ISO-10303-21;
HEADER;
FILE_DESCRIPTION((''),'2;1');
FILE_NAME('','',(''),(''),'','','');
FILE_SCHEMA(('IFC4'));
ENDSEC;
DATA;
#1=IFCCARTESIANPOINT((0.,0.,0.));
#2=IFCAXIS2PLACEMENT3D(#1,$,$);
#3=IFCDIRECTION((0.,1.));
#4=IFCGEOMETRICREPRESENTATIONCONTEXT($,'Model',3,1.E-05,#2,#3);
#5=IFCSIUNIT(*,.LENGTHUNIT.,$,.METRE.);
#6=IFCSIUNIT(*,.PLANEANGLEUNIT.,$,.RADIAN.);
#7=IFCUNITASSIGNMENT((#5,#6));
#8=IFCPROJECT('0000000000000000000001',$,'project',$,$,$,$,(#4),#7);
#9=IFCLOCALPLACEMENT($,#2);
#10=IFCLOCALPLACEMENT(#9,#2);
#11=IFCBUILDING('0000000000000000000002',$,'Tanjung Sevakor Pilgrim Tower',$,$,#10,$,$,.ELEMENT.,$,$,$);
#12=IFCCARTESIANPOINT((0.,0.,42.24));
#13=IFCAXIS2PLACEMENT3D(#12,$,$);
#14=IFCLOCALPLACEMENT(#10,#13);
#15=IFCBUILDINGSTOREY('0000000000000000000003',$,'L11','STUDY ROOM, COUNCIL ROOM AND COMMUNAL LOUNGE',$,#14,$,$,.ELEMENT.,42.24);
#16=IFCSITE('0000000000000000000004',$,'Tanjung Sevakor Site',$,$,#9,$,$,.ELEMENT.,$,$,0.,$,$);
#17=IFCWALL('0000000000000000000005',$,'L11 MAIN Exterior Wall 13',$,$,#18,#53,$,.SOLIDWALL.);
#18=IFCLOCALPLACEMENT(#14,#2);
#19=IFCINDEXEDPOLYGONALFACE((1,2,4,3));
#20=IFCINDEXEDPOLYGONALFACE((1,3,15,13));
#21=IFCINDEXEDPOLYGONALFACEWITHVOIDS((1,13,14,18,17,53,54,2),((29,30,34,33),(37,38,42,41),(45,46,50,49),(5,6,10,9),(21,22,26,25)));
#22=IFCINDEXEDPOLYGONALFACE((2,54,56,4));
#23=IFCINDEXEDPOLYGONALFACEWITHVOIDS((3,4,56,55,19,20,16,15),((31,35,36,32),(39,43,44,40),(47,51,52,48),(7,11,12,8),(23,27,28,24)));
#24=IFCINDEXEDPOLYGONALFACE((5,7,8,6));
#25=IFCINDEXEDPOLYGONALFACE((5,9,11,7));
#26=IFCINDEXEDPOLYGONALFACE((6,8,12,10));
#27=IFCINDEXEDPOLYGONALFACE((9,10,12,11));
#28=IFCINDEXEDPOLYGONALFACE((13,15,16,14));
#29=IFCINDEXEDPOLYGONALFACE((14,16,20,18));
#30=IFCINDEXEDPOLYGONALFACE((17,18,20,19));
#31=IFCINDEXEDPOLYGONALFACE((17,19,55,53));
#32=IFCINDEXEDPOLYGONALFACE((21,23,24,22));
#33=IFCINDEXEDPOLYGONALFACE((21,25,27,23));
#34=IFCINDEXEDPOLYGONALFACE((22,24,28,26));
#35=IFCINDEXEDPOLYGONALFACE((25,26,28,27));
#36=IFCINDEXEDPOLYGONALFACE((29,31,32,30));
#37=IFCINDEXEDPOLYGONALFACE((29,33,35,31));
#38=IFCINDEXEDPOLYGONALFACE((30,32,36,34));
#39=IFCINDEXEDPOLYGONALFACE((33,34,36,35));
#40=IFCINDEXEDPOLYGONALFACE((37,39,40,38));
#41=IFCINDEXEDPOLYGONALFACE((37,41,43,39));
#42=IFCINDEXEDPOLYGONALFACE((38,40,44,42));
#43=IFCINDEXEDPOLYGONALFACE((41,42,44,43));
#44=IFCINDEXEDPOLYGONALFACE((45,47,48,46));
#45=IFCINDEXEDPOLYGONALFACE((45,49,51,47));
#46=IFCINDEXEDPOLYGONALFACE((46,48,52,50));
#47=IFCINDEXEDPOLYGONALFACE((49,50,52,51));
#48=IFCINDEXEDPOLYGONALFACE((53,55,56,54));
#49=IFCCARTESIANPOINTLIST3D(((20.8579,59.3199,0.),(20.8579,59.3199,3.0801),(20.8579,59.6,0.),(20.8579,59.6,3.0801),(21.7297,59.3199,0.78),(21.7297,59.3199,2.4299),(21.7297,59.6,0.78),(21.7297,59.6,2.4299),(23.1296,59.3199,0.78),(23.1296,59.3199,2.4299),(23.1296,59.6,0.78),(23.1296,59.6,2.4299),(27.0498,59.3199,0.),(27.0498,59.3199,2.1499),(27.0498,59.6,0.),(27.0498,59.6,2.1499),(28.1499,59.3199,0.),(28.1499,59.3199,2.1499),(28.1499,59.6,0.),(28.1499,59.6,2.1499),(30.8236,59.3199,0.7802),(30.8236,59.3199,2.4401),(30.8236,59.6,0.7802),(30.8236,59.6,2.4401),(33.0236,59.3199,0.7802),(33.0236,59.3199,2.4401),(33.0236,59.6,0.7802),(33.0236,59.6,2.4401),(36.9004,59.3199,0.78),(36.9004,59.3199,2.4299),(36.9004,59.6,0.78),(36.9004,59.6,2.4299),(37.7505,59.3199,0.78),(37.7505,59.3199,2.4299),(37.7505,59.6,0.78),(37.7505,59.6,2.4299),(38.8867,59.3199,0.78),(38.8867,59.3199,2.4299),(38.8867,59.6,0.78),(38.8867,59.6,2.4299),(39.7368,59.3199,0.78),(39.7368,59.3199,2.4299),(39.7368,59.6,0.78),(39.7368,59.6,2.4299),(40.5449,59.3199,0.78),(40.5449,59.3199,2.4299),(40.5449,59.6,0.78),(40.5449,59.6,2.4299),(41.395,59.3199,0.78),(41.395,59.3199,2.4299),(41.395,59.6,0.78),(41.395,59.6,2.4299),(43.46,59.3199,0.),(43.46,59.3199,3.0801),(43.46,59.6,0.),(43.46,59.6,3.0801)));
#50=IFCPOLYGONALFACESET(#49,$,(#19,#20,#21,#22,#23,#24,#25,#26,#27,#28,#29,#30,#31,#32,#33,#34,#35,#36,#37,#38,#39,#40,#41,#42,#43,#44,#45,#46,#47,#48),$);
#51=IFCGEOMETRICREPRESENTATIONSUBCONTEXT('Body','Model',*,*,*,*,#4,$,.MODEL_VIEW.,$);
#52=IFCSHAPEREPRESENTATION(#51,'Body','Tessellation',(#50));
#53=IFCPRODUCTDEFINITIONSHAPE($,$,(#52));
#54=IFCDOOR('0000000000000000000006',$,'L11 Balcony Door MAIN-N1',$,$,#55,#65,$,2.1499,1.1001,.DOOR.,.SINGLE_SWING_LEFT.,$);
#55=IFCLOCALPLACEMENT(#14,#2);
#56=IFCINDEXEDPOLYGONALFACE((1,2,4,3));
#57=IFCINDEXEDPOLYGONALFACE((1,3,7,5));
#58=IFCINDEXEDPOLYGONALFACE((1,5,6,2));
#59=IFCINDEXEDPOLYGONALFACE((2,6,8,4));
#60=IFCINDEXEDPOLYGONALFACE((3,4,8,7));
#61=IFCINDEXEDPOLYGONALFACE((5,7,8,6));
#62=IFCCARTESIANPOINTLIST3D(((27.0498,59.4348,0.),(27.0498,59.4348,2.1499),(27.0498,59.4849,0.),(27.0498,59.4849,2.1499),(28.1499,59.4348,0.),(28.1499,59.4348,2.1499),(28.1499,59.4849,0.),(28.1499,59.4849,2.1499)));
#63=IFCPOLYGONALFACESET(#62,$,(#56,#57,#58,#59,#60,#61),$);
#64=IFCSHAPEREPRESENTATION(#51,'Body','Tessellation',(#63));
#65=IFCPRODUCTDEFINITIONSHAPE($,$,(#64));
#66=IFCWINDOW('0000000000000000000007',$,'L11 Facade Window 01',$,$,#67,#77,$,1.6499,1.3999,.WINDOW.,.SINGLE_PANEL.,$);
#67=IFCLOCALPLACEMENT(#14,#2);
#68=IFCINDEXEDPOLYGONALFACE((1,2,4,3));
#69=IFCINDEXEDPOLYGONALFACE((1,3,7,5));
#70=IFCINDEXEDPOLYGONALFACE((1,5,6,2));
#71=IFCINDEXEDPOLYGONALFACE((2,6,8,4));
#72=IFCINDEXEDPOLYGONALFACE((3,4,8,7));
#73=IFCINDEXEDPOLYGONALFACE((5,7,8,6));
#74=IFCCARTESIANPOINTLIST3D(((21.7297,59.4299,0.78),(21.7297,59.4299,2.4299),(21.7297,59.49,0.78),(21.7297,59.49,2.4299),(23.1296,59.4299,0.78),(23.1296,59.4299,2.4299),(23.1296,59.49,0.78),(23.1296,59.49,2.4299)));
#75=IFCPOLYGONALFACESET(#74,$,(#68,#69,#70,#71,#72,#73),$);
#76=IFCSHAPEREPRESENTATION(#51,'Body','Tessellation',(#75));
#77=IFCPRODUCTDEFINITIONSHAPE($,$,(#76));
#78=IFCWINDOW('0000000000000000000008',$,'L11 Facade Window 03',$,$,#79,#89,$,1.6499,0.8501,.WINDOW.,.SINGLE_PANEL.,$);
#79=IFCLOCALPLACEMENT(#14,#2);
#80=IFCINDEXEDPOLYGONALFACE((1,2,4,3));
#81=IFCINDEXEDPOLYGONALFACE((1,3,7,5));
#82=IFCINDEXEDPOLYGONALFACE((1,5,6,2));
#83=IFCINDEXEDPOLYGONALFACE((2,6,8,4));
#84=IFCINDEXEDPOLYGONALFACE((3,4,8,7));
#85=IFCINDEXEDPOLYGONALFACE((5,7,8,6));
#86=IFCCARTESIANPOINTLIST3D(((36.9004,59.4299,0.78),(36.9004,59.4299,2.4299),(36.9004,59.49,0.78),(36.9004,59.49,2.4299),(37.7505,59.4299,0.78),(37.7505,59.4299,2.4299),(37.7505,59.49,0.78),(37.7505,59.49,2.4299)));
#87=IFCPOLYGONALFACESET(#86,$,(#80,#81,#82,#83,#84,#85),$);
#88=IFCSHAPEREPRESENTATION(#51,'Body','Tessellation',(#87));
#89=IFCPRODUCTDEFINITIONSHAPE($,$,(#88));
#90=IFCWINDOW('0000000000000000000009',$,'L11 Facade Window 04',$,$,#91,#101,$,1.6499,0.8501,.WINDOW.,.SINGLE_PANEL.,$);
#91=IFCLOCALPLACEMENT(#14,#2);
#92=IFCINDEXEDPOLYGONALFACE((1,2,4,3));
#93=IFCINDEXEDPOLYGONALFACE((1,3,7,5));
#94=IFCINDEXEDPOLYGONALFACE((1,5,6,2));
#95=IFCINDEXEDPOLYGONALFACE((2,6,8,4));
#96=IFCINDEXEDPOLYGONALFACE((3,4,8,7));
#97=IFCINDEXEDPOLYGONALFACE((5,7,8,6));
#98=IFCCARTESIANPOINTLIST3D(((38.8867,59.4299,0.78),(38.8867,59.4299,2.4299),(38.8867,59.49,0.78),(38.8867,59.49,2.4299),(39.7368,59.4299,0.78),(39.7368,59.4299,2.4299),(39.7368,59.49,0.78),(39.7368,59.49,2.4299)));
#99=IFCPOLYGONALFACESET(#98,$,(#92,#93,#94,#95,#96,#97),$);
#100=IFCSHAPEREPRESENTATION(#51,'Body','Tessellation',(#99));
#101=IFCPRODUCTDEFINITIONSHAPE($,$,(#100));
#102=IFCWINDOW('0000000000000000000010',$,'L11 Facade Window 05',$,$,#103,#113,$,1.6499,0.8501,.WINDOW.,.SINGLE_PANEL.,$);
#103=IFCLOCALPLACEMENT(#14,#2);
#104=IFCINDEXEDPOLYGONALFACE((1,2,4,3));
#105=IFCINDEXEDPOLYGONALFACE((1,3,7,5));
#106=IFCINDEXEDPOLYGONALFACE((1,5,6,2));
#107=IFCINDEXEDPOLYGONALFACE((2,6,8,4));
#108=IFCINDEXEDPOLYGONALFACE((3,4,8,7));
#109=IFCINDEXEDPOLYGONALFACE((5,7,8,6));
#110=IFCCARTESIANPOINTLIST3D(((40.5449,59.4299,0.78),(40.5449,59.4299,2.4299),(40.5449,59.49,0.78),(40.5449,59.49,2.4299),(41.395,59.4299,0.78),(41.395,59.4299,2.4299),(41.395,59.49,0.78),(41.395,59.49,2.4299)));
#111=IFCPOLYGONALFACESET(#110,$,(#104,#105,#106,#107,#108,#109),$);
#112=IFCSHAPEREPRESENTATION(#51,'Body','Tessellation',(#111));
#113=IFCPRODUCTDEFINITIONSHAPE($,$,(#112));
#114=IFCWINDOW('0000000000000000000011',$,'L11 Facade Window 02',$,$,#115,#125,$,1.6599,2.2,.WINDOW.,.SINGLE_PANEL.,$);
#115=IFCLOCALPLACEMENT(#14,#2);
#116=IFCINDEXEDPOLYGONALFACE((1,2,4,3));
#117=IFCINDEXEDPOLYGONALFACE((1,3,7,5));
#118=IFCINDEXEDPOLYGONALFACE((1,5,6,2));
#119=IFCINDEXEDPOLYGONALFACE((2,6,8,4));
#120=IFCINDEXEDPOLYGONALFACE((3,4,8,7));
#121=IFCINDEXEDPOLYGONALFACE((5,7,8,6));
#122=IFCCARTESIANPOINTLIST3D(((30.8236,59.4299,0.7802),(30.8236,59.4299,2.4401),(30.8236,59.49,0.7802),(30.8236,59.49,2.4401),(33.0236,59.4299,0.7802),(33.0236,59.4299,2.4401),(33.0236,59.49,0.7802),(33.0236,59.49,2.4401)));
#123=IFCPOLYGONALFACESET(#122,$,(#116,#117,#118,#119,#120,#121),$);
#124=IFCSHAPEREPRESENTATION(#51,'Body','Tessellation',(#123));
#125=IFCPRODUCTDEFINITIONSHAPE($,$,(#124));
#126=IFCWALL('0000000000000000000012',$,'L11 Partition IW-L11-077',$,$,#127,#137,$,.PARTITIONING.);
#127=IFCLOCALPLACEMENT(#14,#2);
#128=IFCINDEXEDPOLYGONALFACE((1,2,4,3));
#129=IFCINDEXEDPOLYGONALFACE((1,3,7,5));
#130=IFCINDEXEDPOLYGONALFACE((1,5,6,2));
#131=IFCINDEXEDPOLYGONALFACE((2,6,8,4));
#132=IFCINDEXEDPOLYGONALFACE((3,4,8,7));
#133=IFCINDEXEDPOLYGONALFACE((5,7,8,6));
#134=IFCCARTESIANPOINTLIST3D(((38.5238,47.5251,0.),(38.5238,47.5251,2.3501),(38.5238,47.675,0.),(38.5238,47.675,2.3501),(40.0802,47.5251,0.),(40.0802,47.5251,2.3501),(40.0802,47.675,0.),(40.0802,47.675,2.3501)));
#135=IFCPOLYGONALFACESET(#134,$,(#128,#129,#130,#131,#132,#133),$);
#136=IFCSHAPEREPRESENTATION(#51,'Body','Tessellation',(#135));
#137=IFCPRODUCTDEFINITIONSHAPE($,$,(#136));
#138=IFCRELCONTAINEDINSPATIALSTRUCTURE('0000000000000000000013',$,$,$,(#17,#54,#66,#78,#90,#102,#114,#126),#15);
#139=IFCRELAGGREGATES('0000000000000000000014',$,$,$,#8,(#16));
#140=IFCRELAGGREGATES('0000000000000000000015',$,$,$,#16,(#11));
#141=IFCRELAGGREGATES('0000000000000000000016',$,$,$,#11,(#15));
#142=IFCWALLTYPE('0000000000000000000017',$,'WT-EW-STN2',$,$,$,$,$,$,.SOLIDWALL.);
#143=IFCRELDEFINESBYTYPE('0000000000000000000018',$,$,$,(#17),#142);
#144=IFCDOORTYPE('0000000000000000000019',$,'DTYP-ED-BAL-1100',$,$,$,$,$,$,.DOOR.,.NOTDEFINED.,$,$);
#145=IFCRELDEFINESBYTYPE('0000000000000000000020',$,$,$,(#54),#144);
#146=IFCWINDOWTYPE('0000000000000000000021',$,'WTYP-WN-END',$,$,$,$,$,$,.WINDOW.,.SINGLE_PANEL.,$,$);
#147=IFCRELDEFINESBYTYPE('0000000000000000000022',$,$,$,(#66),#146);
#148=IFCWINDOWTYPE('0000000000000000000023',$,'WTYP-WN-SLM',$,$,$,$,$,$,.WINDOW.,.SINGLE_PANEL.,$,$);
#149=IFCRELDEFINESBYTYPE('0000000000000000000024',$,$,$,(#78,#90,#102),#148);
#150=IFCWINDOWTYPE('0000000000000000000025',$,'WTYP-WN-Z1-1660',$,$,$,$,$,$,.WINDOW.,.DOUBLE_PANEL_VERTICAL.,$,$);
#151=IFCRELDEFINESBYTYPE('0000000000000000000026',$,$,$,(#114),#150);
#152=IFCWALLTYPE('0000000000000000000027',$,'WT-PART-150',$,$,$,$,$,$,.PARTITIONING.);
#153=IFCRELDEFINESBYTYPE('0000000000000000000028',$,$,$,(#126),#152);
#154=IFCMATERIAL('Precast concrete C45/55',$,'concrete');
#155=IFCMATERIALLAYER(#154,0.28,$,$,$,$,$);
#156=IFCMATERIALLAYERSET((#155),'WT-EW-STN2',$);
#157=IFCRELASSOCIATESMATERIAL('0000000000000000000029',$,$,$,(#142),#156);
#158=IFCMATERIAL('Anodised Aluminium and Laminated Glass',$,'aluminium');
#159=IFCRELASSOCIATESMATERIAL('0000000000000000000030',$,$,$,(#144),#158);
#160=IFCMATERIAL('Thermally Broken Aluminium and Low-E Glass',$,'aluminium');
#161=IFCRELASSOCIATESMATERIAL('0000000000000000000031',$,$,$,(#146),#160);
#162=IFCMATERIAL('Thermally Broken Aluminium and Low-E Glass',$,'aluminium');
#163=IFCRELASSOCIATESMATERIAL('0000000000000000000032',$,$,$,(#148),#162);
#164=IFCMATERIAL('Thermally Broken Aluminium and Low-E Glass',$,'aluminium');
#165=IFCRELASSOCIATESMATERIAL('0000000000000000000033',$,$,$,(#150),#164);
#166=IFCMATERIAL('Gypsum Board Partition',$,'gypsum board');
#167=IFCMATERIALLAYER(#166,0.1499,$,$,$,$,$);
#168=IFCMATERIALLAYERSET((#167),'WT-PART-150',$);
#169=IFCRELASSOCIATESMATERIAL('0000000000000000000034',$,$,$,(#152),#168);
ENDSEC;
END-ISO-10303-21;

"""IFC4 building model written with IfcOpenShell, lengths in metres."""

from ifc_helpers import new_model, si_unit, direction, frame, frame_2d, origin, place, context, subcontext, project, spatial, rectangle, extrude, material, layer, layer_set, type_object, element, fill, save


model = new_model("IFC4")

# Units and contexts
model_context = context("Model", 3, precision=1e-05, world=origin(), true_north=direction((0.0, 1.0)))
body_context = subcontext(model_context, "Body", "Model", "MODEL_VIEW")
ifc_project = project(units=[si_unit("LENGTHUNIT", "METRE"), si_unit("PLANEANGLEUNIT", "RADIAN")], contexts=[model_context])

# Site, building, storey
site_placement = place(None, origin())
site = spatial("IfcSite", under=ifc_project, at=site_placement, Name="Tanjung Sevakor Site", CompositionType="ELEMENT", RefElevation=0.0)
building_placement = place(site_placement, origin())
building = spatial("IfcBuilding", under=site, at=building_placement, Name="Tanjung Sevakor Pilgrim Tower", CompositionType="ELEMENT")
storey_placement = place(building_placement, frame((0.0, 0.0, 42.24)))
storey = spatial("IfcBuildingStorey", under=building, at=storey_placement, Name="L11", Description="STUDY ROOM, COUNCIL ROOM AND COMMUNAL LOUNGE", CompositionType="ELEMENT", Elevation=42.24)

# Shared definitions
ifc_material_1 = material(Name="Precast concrete C45/55", Category="concrete")
ifc_layer_1 = layer(ifc_material_1, 0.28)
ifc_layer_set_1 = layer_set([ifc_layer_1], Name="WT-EW-STN2")
wall_type_1 = type_object("IfcWallType", Name="WT-EW-STN2", PredefinedType="SOLIDWALL", material=ifc_layer_set_1)

# Wall, openings, door, windows
wall_1_placement = place(storey_placement, frame((43.46, 59.46, 0.0), z_axis=(0.0, 0.0, 1.0), x_axis=(-1.0, 0.0, 0.0)))
wall_1 = element("IfcWall", 1, at=wall_1_placement, inside=storey, type_object=wall_type_1, Name="L11 MAIN Exterior Wall 13", PredefinedType="SOLIDWALL", context=body_context, shape_type="SweptSolid", body=[
    extrude(rectangle(XDim=22.6021, YDim=0.28, at=frame_2d((11.301, 0.0))), origin(), (0.0, 0.0, 1.0), 3.0801),
])
opening_1_placement = place(wall_1_placement, frame((15.3101, 0.0, 0.0)))
opening_1 = element("IfcOpeningElement", 2, at=opening_1_placement, cuts=wall_1, PredefinedType="OPENING", context=body_context, shape_type="SweptSolid", body=[
    extrude(rectangle(XDim=1.1001, YDim=2.1499, at=frame_2d((0.55, 1.075))), frame((0.0, 0.1499, 0.0), z_axis=(0.0, -1.0, 0.0), x_axis=(1.0, 0.0, 0.0)), (0.0, 0.0, 1.0), 0.3),
])
opening_2_placement = place(wall_1_placement, frame((20.3303, 0.0, 0.78)))
opening_2 = element("IfcOpeningElement", 3, at=opening_2_placement, cuts=wall_1, PredefinedType="OPENING", context=body_context, shape_type="SweptSolid", body=[
    extrude(rectangle(XDim=1.3999, YDim=1.6499, at=frame_2d((0.7, 0.825))), frame((0.0, 0.1499, 0.0), z_axis=(0.0, -1.0, 0.0), x_axis=(1.0, 0.0, 0.0)), (0.0, 0.0, 1.0), 0.3),
])
opening_3_placement = place(wall_1_placement, frame((10.4363, 0.0, 0.78)))
opening_3 = element("IfcOpeningElement", 4, at=opening_3_placement, cuts=wall_1, PredefinedType="OPENING", context=body_context, shape_type="SweptSolid", body=[
    extrude(rectangle(XDim=2.2, YDim=1.6599, at=frame_2d((1.1001, 0.8301))), frame((0.0, 0.1499, 0.0), z_axis=(0.0, -1.0, 0.0), x_axis=(1.0, 0.0, 0.0)), (0.0, 0.0, 1.0), 0.3),
])
opening_4_placement = place(wall_1_placement, frame((5.7095, 0.0, 0.78)))
opening_4 = element("IfcOpeningElement", 5, at=opening_4_placement, cuts=wall_1, PredefinedType="OPENING", context=body_context, shape_type="SweptSolid", body=[
    extrude(rectangle(XDim=0.8501, YDim=1.6499, at=frame_2d((0.425, 0.825))), frame((0.0, 0.1499, 0.0), z_axis=(0.0, -1.0, 0.0), x_axis=(1.0, 0.0, 0.0)), (0.0, 0.0, 1.0), 0.3),
])
opening_5_placement = place(wall_1_placement, frame((3.7231, 0.0, 0.78)))
opening_5 = element("IfcOpeningElement", 6, at=opening_5_placement, cuts=wall_1, PredefinedType="OPENING", context=body_context, shape_type="SweptSolid", body=[
    extrude(rectangle(XDim=0.8501, YDim=1.6499, at=frame_2d((0.425, 0.825))), frame((0.0, 0.1499, 0.0), z_axis=(0.0, -1.0, 0.0), x_axis=(1.0, 0.0, 0.0)), (0.0, 0.0, 1.0), 0.3),
])
opening_6_placement = place(wall_1_placement, frame((2.0649, 0.0, 0.78)))
opening_6 = element("IfcOpeningElement", 7, at=opening_6_placement, cuts=wall_1, PredefinedType="OPENING", context=body_context, shape_type="SweptSolid", body=[
    extrude(rectangle(XDim=0.8501, YDim=1.6499, at=frame_2d((0.425, 0.825))), frame((0.0, 0.1499, 0.0), z_axis=(0.0, -1.0, 0.0), x_axis=(1.0, 0.0, 0.0)), (0.0, 0.0, 1.0), 0.3),
])
ifc_material_2 = material(Name="Anodised Aluminium and Laminated Glass", Category="aluminium")
door_type_1 = type_object("IfcDoorType", Name="DTYP-ED-BAL-1100", OperationType="NOTDEFINED", PredefinedType="DOOR", material=ifc_material_2)
door_1_placement = place(opening_1_placement, frame((1.1001, 0.0, 0.0), z_axis=(0.0, 0.0, 1.0), x_axis=(-1.0, 0.0, 0.0)))
door_1 = element("IfcDoor", 8, at=door_1_placement, inside=storey, type_object=door_type_1, Name="L11 Balcony Door MAIN-N1", OperationType="SINGLE_SWING_LEFT", OverallHeight=2.1499, OverallWidth=1.1001, PredefinedType="DOOR", context=body_context, shape_type="SweptSolid", body=[
    extrude(rectangle(XDim=1.1001, YDim=2.1499, at=frame_2d((0.55, 1.075))), frame((0.0, 0.0249, 0.0), z_axis=(0.0, -1.0, 0.0), x_axis=(1.0, 0.0, 0.0)), (0.0, 0.0, 1.0), 0.05),
])
fill(opening_1, door_1)
ifc_material_3 = material(Name="Thermally Broken Aluminium and Low-E Glass", Category="aluminium")
window_type_1 = type_object("IfcWindowType", Name="WTYP-WN-END", PartitioningType="SINGLE_PANEL", PredefinedType="WINDOW", material=ifc_material_3)
window_1_placement = place(opening_2_placement, origin())
window_1 = element("IfcWindow", 9, at=window_1_placement, inside=storey, type_object=window_type_1, Name="L11 Facade Window 01", OverallHeight=1.6499, OverallWidth=1.3999, PartitioningType="SINGLE_PANEL", PredefinedType="WINDOW", context=body_context, shape_type="SweptSolid", body=[
    extrude(rectangle(XDim=1.3999, YDim=1.6499, at=frame_2d((0.7, 0.825))), frame((0.0, 0.03, 0.0), z_axis=(0.0, -1.0, 0.0), x_axis=(1.0, 0.0, 0.0)), (0.0, 0.0, 1.0), 0.0601),
])
fill(opening_2, window_1)
ifc_material_4 = material(Name="Thermally Broken Aluminium and Low-E Glass", Category="aluminium")
window_type_2 = type_object("IfcWindowType", Name="WTYP-WN-SLM", PartitioningType="SINGLE_PANEL", PredefinedType="WINDOW", material=ifc_material_4)
window_2_placement = place(opening_4_placement, origin())
window_2 = element("IfcWindow", 10, at=window_2_placement, inside=storey, type_object=window_type_2, Name="L11 Facade Window 03", OverallHeight=1.6499, OverallWidth=0.8501, PartitioningType="SINGLE_PANEL", PredefinedType="WINDOW", context=body_context, shape_type="SweptSolid", body=[
    extrude(rectangle(XDim=0.8501, YDim=1.6499, at=frame_2d((0.425, 0.825))), frame((0.0, 0.03, 0.0), z_axis=(0.0, -1.0, 0.0), x_axis=(1.0, 0.0, 0.0)), (0.0, 0.0, 1.0), 0.0601),
])
fill(opening_4, window_2)
window_3_placement = place(opening_5_placement, origin())
window_3 = element("IfcWindow", 11, at=window_3_placement, inside=storey, type_object=window_type_2, Name="L11 Facade Window 04", OverallHeight=1.6499, OverallWidth=0.8501, PartitioningType="SINGLE_PANEL", PredefinedType="WINDOW", context=body_context, shape_type="SweptSolid", body=[
    extrude(rectangle(XDim=0.8501, YDim=1.6499, at=frame_2d((0.425, 0.825))), frame((0.0, 0.03, 0.0), z_axis=(0.0, -1.0, 0.0), x_axis=(1.0, 0.0, 0.0)), (0.0, 0.0, 1.0), 0.0601),
])
fill(opening_5, window_3)
window_4_placement = place(opening_6_placement, origin())
window_4 = element("IfcWindow", 12, at=window_4_placement, inside=storey, type_object=window_type_2, Name="L11 Facade Window 05", OverallHeight=1.6499, OverallWidth=0.8501, PartitioningType="SINGLE_PANEL", PredefinedType="WINDOW", context=body_context, shape_type="SweptSolid", body=[
    extrude(rectangle(XDim=0.8501, YDim=1.6499, at=frame_2d((0.425, 0.825))), frame((0.0, 0.03, 0.0), z_axis=(0.0, -1.0, 0.0), x_axis=(1.0, 0.0, 0.0)), (0.0, 0.0, 1.0), 0.0601),
])
fill(opening_6, window_4)
ifc_material_5 = material(Name="Thermally Broken Aluminium and Low-E Glass", Category="aluminium")
window_type_3 = type_object("IfcWindowType", Name="WTYP-WN-Z1-1660", PartitioningType="DOUBLE_PANEL_VERTICAL", PredefinedType="WINDOW", material=ifc_material_5)
window_5_placement = place(opening_3_placement, origin())
window_5 = element("IfcWindow", 13, at=window_5_placement, inside=storey, type_object=window_type_3, Name="L11 Facade Window 02", OverallHeight=1.6599, OverallWidth=2.2, PartitioningType="SINGLE_PANEL", PredefinedType="WINDOW", context=body_context, shape_type="SweptSolid", body=[
    extrude(rectangle(XDim=2.2, YDim=1.6599, at=frame_2d((1.1001, 0.8301))), frame((0.0, 0.03, 0.0), z_axis=(0.0, -1.0, 0.0), x_axis=(1.0, 0.0, 0.0)), (0.0, 0.0, 1.0), 0.0601),
])
fill(opening_3, window_5)

# Wall
ifc_material_6 = material(Name="Gypsum Board Partition", Category="gypsum board")
ifc_layer_2 = layer(ifc_material_6, 0.1499)
ifc_layer_set_2 = layer_set([ifc_layer_2], Name="WT-PART-150")
wall_type_2 = type_object("IfcWallType", Name="WT-PART-150", PredefinedType="PARTITIONING", material=ifc_layer_set_2)
wall_2_placement = place(storey_placement, frame((38.5237, 47.6001, 0.0), z_axis=(0.0, 0.0, 1.0), x_axis=(1.0, 0.0, 0.0)))
element("IfcWall", 14, at=wall_2_placement, inside=storey, type_object=wall_type_2, Name="L11 Partition IW-L11-077", PredefinedType="PARTITIONING", context=body_context, shape_type="SweptSolid", body=[
    extrude(rectangle(XDim=1.5564, YDim=0.1499, at=frame_2d((0.7783, 0.0))), origin(), (0.0, 0.0, 1.0), 2.3501),
])

save(model, "model.ifc")
